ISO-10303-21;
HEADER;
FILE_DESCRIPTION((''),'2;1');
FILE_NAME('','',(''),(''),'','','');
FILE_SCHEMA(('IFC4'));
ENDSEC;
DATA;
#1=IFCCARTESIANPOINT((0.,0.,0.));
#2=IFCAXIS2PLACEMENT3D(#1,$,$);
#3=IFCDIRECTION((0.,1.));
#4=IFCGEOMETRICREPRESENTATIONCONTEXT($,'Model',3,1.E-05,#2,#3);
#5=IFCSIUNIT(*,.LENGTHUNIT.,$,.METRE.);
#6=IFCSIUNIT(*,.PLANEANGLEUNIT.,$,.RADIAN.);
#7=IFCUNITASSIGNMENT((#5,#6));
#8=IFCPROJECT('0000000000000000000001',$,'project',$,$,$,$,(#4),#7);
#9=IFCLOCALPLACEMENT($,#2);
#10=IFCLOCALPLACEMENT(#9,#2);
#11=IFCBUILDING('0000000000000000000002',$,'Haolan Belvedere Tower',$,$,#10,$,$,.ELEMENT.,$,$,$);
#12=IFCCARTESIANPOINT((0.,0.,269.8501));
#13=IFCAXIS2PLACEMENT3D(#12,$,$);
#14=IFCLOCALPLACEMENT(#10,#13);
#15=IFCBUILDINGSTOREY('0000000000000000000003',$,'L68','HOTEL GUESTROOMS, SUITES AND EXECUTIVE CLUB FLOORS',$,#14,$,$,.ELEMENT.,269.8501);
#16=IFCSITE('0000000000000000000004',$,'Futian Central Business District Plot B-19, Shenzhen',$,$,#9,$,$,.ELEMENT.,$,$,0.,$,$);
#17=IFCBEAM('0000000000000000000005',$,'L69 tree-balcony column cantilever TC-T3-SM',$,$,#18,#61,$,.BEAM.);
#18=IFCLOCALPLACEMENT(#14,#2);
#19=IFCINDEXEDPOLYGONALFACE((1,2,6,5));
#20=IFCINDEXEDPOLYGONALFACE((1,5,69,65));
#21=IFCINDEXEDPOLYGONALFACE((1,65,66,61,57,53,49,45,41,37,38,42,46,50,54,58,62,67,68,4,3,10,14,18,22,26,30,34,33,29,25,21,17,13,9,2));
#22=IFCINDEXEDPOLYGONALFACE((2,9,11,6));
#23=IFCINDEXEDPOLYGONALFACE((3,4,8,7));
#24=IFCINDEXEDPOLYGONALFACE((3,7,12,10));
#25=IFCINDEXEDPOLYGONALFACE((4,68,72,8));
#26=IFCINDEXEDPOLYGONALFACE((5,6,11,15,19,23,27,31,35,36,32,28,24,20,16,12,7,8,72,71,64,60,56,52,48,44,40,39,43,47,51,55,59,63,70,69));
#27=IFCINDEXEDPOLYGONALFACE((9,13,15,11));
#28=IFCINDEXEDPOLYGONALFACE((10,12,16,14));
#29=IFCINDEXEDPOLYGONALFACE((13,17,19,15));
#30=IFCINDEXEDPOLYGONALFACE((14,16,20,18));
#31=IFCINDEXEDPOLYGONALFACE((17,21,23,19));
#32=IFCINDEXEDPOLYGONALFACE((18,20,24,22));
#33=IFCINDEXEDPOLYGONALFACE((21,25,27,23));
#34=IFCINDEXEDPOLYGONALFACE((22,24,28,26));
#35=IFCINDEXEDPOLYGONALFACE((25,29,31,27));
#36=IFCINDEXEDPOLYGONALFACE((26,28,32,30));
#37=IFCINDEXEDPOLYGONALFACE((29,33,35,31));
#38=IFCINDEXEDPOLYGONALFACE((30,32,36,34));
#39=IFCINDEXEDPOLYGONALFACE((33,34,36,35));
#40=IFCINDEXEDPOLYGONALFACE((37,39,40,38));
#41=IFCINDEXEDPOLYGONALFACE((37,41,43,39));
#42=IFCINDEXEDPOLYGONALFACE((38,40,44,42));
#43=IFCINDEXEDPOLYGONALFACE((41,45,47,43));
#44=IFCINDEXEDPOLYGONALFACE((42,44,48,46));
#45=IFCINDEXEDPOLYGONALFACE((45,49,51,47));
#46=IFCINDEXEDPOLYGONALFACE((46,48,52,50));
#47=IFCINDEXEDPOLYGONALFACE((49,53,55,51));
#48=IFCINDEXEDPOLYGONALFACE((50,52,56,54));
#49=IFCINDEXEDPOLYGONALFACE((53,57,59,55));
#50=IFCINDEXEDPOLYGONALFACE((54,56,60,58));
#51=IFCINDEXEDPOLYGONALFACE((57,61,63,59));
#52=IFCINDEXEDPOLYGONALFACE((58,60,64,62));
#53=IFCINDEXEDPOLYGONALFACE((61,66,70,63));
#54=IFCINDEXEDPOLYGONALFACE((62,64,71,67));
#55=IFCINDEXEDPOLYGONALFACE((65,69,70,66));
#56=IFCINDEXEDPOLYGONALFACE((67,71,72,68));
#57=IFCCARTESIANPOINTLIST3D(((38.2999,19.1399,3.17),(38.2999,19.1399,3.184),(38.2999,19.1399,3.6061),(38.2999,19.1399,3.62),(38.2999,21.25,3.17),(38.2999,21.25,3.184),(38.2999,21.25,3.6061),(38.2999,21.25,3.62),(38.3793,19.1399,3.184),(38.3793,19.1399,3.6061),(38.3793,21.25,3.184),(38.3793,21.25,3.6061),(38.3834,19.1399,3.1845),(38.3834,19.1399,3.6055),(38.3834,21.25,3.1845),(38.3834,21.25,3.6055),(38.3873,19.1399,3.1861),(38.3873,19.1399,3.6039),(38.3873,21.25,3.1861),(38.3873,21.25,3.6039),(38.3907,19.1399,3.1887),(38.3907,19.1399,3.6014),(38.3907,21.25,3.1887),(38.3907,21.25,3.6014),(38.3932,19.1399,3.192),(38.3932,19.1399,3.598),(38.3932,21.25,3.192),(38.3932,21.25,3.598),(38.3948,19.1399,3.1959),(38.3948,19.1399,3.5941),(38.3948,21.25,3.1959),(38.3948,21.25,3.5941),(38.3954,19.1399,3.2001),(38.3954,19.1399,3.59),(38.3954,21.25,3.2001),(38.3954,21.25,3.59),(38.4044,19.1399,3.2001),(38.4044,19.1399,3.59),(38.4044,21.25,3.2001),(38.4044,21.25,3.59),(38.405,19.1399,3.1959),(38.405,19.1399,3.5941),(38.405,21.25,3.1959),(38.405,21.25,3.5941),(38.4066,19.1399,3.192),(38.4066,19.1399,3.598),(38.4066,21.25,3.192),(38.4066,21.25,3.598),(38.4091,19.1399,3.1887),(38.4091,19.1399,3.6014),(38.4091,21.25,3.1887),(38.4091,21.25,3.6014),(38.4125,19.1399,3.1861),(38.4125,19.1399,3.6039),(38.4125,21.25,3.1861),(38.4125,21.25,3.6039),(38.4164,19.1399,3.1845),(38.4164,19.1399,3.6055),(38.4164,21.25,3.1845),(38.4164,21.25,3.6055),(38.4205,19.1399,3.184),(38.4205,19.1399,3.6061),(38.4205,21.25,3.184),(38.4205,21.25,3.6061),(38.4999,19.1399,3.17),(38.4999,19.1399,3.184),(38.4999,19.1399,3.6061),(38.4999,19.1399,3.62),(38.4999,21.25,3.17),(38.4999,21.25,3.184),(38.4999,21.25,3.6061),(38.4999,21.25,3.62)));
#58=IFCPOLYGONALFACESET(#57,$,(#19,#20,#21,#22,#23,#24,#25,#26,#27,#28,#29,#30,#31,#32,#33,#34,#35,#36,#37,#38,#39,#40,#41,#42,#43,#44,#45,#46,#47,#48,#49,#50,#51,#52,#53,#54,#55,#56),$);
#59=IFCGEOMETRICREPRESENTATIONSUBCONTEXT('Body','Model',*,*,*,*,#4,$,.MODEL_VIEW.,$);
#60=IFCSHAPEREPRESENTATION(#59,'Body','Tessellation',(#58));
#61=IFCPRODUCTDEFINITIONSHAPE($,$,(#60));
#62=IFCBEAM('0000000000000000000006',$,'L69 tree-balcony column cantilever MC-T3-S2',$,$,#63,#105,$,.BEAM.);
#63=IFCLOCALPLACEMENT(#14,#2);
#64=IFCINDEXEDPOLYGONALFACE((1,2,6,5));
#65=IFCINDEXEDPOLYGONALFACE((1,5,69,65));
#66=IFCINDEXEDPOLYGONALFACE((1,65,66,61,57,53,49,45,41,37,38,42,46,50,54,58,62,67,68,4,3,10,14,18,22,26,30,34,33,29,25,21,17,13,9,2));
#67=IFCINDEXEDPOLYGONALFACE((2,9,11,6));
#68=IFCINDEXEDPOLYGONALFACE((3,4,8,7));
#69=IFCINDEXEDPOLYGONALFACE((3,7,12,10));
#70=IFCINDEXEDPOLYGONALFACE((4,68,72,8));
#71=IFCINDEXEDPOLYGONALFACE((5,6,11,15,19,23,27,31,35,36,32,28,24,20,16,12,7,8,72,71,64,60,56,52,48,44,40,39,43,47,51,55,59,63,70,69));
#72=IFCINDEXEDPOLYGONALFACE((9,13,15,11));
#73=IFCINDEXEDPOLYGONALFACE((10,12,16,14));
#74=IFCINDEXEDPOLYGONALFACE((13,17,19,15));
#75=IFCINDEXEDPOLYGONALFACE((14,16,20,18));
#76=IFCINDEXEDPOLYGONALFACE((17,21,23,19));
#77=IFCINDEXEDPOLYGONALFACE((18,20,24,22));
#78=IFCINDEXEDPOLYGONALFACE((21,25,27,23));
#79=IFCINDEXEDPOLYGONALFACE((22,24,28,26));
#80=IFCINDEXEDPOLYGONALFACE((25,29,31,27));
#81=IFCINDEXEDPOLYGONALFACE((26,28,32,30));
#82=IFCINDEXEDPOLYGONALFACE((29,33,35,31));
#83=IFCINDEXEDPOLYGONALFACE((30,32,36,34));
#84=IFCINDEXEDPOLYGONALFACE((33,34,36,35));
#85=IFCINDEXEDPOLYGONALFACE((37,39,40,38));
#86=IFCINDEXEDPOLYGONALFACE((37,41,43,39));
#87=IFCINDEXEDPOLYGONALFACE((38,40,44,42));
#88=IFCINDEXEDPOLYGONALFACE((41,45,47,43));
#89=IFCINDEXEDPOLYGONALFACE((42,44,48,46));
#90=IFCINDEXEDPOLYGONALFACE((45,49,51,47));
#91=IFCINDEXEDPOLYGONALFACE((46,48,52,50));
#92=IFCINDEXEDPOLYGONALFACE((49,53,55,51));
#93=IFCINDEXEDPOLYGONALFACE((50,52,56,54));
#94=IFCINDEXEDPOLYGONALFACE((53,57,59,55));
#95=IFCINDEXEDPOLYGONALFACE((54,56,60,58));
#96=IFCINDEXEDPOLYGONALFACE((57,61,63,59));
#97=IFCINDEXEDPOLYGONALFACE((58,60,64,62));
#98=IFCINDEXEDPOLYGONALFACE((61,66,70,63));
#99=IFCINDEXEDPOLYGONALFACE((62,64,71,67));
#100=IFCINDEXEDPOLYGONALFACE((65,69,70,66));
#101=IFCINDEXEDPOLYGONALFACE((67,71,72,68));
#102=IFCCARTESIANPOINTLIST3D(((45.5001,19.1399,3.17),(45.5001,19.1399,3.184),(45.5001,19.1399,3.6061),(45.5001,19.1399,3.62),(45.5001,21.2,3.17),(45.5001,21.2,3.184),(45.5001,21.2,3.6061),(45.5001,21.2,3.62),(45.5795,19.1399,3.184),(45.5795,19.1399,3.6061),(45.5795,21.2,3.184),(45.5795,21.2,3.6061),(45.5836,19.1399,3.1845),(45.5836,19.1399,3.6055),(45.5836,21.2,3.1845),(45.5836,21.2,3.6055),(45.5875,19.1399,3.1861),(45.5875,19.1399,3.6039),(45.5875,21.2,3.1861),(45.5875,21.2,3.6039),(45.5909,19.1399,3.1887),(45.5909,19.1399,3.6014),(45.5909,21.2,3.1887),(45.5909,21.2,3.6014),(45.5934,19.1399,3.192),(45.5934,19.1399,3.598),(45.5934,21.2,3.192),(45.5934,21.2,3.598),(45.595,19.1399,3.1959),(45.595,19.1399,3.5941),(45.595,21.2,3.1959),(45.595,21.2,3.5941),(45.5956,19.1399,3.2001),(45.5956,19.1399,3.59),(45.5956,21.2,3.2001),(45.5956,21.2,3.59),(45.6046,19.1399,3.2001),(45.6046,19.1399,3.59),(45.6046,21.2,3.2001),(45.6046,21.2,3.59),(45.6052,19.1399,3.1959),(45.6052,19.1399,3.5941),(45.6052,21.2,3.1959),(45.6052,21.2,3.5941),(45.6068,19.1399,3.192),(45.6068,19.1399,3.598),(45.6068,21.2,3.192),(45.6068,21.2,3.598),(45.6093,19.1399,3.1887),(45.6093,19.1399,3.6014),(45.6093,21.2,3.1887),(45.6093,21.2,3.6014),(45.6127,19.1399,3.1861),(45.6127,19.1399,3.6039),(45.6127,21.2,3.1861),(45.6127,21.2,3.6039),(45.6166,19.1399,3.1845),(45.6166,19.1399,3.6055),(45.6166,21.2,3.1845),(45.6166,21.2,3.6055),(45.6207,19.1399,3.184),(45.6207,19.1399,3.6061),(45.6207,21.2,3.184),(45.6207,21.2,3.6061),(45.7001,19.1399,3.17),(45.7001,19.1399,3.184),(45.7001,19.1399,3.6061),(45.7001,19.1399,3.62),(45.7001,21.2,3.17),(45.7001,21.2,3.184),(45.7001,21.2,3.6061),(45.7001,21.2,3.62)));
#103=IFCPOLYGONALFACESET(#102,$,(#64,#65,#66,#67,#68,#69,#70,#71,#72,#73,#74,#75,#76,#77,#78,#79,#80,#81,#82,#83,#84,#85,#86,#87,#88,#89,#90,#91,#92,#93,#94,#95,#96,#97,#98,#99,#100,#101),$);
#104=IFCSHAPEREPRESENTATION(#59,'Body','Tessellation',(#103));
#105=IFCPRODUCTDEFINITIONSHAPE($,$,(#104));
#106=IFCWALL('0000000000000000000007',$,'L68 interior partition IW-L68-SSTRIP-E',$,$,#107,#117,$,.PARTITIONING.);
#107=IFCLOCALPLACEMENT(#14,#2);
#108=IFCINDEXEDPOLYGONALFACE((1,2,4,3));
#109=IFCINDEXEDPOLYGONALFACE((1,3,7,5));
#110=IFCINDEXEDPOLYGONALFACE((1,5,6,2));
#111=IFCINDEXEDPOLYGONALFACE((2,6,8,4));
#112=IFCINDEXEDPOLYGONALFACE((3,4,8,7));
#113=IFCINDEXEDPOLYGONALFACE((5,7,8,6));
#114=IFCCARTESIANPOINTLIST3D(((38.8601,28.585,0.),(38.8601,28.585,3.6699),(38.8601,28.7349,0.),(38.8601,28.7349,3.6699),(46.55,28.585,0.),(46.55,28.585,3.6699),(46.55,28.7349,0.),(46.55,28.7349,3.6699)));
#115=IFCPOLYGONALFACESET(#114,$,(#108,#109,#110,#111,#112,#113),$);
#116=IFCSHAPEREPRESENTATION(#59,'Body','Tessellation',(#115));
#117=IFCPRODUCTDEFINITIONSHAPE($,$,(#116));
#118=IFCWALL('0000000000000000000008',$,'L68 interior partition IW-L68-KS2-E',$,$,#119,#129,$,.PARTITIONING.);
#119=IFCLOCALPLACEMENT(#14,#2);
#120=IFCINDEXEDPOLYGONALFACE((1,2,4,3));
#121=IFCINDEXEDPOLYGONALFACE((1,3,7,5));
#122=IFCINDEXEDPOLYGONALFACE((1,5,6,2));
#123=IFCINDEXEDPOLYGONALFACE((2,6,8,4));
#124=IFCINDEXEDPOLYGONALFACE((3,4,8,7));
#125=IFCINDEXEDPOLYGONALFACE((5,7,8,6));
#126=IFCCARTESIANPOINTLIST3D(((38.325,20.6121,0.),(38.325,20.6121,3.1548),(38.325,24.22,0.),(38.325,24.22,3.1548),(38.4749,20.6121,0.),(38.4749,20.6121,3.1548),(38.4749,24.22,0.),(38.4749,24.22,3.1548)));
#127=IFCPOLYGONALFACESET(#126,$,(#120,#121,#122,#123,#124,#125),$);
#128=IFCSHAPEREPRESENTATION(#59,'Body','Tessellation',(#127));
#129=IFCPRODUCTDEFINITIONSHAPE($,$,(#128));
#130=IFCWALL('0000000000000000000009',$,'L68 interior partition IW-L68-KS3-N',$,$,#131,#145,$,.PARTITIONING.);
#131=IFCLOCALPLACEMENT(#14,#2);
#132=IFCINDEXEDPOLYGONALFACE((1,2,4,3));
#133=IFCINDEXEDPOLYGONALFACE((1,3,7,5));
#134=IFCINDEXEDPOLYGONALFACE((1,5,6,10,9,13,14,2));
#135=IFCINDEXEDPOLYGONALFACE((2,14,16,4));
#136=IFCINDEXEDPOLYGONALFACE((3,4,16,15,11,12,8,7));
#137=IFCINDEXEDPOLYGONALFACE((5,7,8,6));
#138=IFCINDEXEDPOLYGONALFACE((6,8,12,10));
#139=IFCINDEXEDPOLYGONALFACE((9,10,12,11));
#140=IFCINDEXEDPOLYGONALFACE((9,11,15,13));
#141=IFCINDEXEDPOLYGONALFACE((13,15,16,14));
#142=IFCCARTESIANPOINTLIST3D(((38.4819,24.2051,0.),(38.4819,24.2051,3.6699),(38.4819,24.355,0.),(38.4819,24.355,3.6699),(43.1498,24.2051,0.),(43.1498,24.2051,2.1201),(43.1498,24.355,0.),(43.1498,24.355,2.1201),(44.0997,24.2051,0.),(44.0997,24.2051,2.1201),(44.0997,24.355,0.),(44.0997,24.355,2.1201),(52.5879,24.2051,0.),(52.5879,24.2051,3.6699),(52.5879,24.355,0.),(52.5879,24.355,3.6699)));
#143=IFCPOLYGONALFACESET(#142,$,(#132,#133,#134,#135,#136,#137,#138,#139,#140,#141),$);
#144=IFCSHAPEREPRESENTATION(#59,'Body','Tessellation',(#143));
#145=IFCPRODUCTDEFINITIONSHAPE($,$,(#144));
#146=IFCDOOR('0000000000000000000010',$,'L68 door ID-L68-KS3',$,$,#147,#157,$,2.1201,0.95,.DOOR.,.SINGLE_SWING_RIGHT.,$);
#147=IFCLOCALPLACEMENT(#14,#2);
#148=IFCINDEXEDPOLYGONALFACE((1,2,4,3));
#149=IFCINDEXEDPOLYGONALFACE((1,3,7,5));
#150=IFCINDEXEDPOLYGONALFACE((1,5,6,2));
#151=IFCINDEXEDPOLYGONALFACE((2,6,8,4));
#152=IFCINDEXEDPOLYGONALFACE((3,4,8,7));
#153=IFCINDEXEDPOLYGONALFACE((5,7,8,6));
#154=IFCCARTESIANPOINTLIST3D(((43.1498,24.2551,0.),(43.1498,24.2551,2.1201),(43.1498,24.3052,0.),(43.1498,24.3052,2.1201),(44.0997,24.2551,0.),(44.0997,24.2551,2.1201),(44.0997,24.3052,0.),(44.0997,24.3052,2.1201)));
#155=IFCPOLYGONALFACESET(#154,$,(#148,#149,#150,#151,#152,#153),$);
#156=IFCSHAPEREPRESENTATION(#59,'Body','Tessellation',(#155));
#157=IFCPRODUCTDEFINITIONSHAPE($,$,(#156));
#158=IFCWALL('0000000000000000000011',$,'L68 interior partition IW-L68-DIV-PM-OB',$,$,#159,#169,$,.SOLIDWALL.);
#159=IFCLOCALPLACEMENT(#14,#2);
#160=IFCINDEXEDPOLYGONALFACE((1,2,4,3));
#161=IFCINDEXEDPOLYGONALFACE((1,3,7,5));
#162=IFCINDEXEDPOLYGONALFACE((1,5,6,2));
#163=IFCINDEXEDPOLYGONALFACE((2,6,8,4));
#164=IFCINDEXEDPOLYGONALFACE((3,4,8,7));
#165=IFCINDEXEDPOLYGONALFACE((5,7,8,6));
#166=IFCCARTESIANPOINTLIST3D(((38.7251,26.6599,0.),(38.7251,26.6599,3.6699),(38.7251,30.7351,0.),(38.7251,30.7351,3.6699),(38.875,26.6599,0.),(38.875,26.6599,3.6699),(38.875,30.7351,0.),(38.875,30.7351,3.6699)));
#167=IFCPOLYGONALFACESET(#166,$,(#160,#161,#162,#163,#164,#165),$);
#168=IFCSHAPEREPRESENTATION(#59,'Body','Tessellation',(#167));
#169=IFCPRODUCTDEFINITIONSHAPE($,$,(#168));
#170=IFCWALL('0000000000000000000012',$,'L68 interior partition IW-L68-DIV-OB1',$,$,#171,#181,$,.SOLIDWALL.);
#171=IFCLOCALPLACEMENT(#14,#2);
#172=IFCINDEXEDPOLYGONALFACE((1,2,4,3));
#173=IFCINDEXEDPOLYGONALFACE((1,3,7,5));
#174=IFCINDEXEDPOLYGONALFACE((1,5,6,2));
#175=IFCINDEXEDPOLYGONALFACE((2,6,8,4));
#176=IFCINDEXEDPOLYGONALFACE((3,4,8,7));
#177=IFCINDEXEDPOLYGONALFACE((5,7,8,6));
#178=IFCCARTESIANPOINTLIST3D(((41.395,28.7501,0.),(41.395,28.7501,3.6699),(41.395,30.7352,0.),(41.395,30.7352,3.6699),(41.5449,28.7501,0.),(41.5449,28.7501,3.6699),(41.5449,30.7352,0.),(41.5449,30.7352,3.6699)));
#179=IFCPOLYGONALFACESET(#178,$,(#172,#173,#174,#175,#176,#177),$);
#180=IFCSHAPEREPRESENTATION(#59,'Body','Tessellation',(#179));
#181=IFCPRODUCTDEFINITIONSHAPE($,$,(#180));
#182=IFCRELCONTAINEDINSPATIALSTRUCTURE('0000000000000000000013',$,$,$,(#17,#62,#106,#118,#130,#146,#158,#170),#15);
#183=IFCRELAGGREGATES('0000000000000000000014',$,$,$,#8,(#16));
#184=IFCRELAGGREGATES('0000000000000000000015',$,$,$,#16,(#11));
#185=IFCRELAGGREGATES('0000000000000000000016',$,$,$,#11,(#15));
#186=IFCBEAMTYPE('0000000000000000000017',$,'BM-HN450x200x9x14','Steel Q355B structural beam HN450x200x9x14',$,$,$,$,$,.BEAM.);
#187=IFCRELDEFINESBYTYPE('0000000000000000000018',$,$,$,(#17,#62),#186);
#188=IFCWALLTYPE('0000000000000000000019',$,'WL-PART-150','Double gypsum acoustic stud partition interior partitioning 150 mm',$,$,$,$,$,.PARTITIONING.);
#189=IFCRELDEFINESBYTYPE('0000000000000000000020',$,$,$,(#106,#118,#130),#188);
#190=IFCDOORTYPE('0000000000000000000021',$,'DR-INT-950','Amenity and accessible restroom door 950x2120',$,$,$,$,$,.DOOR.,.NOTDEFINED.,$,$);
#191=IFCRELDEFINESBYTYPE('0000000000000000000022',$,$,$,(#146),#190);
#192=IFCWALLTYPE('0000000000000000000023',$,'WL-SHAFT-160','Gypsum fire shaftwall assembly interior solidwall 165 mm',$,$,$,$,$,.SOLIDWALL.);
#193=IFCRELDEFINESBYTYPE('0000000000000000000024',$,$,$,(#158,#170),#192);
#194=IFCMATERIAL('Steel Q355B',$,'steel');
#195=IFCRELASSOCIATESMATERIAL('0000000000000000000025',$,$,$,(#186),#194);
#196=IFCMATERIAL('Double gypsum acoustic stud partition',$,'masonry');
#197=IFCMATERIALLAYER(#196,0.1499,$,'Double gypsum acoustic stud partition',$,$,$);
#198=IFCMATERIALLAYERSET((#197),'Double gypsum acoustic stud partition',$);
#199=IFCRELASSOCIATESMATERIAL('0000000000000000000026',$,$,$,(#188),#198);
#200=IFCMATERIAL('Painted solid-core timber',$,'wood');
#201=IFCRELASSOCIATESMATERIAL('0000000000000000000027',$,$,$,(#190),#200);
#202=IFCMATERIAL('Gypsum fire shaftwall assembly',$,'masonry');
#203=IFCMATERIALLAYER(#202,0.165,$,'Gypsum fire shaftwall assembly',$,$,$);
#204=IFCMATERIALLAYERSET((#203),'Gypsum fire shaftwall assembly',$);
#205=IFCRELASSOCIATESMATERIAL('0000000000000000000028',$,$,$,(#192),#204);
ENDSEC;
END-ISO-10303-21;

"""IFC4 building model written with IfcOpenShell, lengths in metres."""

from ifc_helpers import new_model, si_unit, direction, frame, frame_2d, origin, origin_2d, place, context, subcontext, project, spatial, rectangle, i_section, extrude, material, layer, layer_set, material_profile, profile_set, type_object, element, fill, save


model = new_model("IFC4")

# Units and contexts
model_context = context("Model", 3, precision=1e-05, world=origin(), true_north=direction((0.0, 1.0)))
body_context = subcontext(model_context, "Body", "Model", "MODEL_VIEW")
ifc_project = project(units=[si_unit("LENGTHUNIT", "METRE"), si_unit("PLANEANGLEUNIT", "RADIAN")], contexts=[model_context])

# Site, building, storey
site_placement = place(None, origin())
site = spatial("IfcSite", under=ifc_project, at=site_placement, Name="Futian Central Business District Plot B-19, Shenzhen", CompositionType="ELEMENT", RefElevation=0.0)
building_placement = place(site_placement, origin())
building = spatial("IfcBuilding", under=site, at=building_placement, Name="Haolan Belvedere Tower", CompositionType="ELEMENT")
storey_placement = place(building_placement, frame((0.0, 0.0, 269.8501)))
storey = spatial("IfcBuildingStorey", under=building, at=storey_placement, Name="L68", Description="HOTEL GUESTROOMS, SUITES AND EXECUTIVE CLUB FLOORS", CompositionType="ELEMENT", Elevation=269.8501)

# Beams
ifc_material_1 = material(Name="Steel Q355B", Category="steel")
ifc_material_profile_1 = material_profile(ifc_material_1, i_section(OverallWidth=0.2, OverallDepth=0.45, WebThickness=0.009, FlangeThickness=0.0139, FilletRadius=0.0161, at=origin_2d()), Name="Steel Q355B")
ifc_profile_set_1 = profile_set([ifc_material_profile_1], Name="Steel Q355B")
beam_type_1 = type_object("IfcBeamType", Name="BM-HN450x200x9x14", Description="Steel Q355B structural beam HN450x200x9x14", PredefinedType="BEAM", material=ifc_profile_set_1)
beam_1_placement = place(storey_placement, frame((38.3999, 21.25, 3.395), z_axis=(0.0, -1.0, 0.0), x_axis=(1.0, 0.0, 0.0)))
element("IfcBeam", 1, at=beam_1_placement, inside=storey, type_object=beam_type_1, Name="L69 tree-balcony column cantilever TC-T3-SM", PredefinedType="BEAM", context=body_context, shape_type="SweptSolid", body=[
    extrude(i_section(OverallWidth=0.2, OverallDepth=0.45, WebThickness=0.009, FlangeThickness=0.0139, FilletRadius=0.0161, at=origin_2d()), origin(), (0.0, 0.0, 1.0), 2.1101),
])
beam_2_placement = place(storey_placement, frame((45.6001, 21.2, 3.395), z_axis=(0.0, -1.0, 0.0), x_axis=(1.0, 0.0, 0.0)))
element("IfcBeam", 2, at=beam_2_placement, inside=storey, type_object=beam_type_1, Name="L69 tree-balcony column cantilever MC-T3-S2", PredefinedType="BEAM", context=body_context, shape_type="SweptSolid", body=[
    extrude(i_section(OverallWidth=0.2, OverallDepth=0.45, WebThickness=0.009, FlangeThickness=0.0139, FilletRadius=0.0161, at=origin_2d()), origin(), (0.0, 0.0, 1.0), 2.0601),
])

# Walls
ifc_material_2 = material(Name="Double gypsum acoustic stud partition", Category="masonry")
ifc_layer_1 = layer(ifc_material_2, 0.1499, Name="Double gypsum acoustic stud partition")
ifc_layer_set_1 = layer_set([ifc_layer_1], Name="Double gypsum acoustic stud partition")
wall_type_1 = type_object("IfcWallType", Name="WL-PART-150", Description="Double gypsum acoustic stud partition interior partitioning 150 mm", PredefinedType="PARTITIONING", material=ifc_layer_set_1)
wall_1_placement = place(storey_placement, frame((38.8601, 28.6599, 0.0), z_axis=(0.0, 0.0, 1.0), x_axis=(1.0, 0.0, 0.0)))
element("IfcWall", 3, at=wall_1_placement, inside=storey, type_object=wall_type_1, Name="L68 interior partition IW-L68-SSTRIP-E", PredefinedType="PARTITIONING", context=body_context, shape_type="SweptSolid", body=[
    extrude(rectangle(XDim=7.6899, YDim=0.1499, at=frame_2d((3.845, 0.0))), origin(), (0.0, 0.0, 1.0), 3.6699),
])
wall_2_placement = place(storey_placement, frame((38.3999, 20.6121, 0.0), z_axis=(0.0, 0.0, 1.0), x_axis=(0.0, 1.0, 0.0)))
element("IfcWall", 4, at=wall_2_placement, inside=storey, type_object=wall_type_1, Name="L68 interior partition IW-L68-KS2-E", PredefinedType="PARTITIONING", context=body_context, shape_type="SweptSolid", body=[
    extrude(rectangle(XDim=3.6079, YDim=0.1499, at=frame_2d((1.804, 0.0))), origin(), (0.0, 0.0, 1.0), 3.1548),
])

# Wall, opening, door
wall_3_placement = place(storey_placement, frame((38.4819, 24.28, 0.0), z_axis=(0.0, 0.0, 1.0), x_axis=(1.0, 0.0, 0.0)))
wall_3 = element("IfcWall", 5, at=wall_3_placement, inside=storey, type_object=wall_type_1, Name="L68 interior partition IW-L68-KS3-N", PredefinedType="PARTITIONING", context=body_context, shape_type="SweptSolid", body=[
    extrude(rectangle(XDim=14.106, YDim=0.1499, at=frame_2d((7.053, 0.0))), origin(), (0.0, 0.0, 1.0), 3.6699),
])
opening_placement = place(wall_3_placement, frame((5.6179, 0.0, 0.0), z_axis=(0.0, 0.0, 1.0), x_axis=(-1.0, 0.0, 0.0)))
opening = element("IfcOpeningElement", 6, at=opening_placement, cuts=wall_3, PredefinedType="OPENING", context=body_context, shape_type="SweptSolid", body=[
    extrude(rectangle(XDim=0.95, YDim=2.1201, at=frame_2d((0.4751, 1.0601))), frame((0.0, 0.085, 0.0), z_axis=(0.0, -1.0, 0.0), x_axis=(1.0, 0.0, 0.0)), (0.0, 0.0, 1.0), 0.1699),
])
ifc_material_3 = material(Name="Painted solid-core timber", Category="wood")
door_type = type_object("IfcDoorType", Name="DR-INT-950", Description="Amenity and accessible restroom door 950x2120", OperationType="NOTDEFINED", PredefinedType="DOOR", material=ifc_material_3)
door_placement = place(opening_placement, origin())
door = element("IfcDoor", 7, at=door_placement, inside=storey, type_object=door_type, Name="L68 door ID-L68-KS3", OperationType="SINGLE_SWING_RIGHT", OverallHeight=2.1201, OverallWidth=0.95, PredefinedType="DOOR", context=body_context, shape_type="SweptSolid", body=[
    extrude(rectangle(XDim=0.95, YDim=2.1201, at=frame_2d((0.4751, 1.0601))), frame((0.0, 0.0249, 0.0), z_axis=(0.0, -1.0, 0.0), x_axis=(1.0, 0.0, 0.0)), (0.0, 0.0, 1.0), 0.05),
])
fill(opening, door)

# Walls
ifc_material_4 = material(Name="Gypsum fire shaftwall assembly", Category="masonry")
ifc_layer_2 = layer(ifc_material_4, 0.165, Name="Gypsum fire shaftwall assembly")
ifc_layer_set_2 = layer_set([ifc_layer_2], Name="Gypsum fire shaftwall assembly")
wall_type_2 = type_object("IfcWallType", Name="WL-SHAFT-160", Description="Gypsum fire shaftwall assembly interior solidwall 165 mm", PredefinedType="SOLIDWALL", material=ifc_layer_set_2)
wall_4_placement = place(storey_placement, frame((38.8, 26.6599, 0.0), z_axis=(0.0, 0.0, 1.0), x_axis=(0.0, 1.0, 0.0)))
element("IfcWall", 8, at=wall_4_placement, inside=storey, type_object=wall_type_2, Name="L68 interior partition IW-L68-DIV-PM-OB", PredefinedType="SOLIDWALL", context=body_context, shape_type="SweptSolid", body=[
    extrude(rectangle(XDim=4.0752, YDim=0.1499, at=frame_2d((2.0376, 0.0))), origin(), (0.0, 0.0, 1.0), 3.6699),
])
for number, where, z_axis, x_axis, name in (
    (9, (41.47, 28.75, 0.0), (0.0, 0.0, 1.0), (0.0, 1.0, 0.0), "L68 interior partition IW-L68-DIV-OB1"),
):
    element("IfcWall", number, at=place(storey_placement, frame(where, z_axis=z_axis, x_axis=x_axis)), inside=storey, type_object=wall_type_2, Name=name, PredefinedType="SOLIDWALL", context=body_context, shape_type="SweptSolid", body=[
        extrude(rectangle(XDim=1.9851, YDim=0.1499, at=frame_2d((0.9927, 0.0))), origin(), (0.0, 0.0, 1.0), 3.6699),
    ])

save(model, "model.ifc")
